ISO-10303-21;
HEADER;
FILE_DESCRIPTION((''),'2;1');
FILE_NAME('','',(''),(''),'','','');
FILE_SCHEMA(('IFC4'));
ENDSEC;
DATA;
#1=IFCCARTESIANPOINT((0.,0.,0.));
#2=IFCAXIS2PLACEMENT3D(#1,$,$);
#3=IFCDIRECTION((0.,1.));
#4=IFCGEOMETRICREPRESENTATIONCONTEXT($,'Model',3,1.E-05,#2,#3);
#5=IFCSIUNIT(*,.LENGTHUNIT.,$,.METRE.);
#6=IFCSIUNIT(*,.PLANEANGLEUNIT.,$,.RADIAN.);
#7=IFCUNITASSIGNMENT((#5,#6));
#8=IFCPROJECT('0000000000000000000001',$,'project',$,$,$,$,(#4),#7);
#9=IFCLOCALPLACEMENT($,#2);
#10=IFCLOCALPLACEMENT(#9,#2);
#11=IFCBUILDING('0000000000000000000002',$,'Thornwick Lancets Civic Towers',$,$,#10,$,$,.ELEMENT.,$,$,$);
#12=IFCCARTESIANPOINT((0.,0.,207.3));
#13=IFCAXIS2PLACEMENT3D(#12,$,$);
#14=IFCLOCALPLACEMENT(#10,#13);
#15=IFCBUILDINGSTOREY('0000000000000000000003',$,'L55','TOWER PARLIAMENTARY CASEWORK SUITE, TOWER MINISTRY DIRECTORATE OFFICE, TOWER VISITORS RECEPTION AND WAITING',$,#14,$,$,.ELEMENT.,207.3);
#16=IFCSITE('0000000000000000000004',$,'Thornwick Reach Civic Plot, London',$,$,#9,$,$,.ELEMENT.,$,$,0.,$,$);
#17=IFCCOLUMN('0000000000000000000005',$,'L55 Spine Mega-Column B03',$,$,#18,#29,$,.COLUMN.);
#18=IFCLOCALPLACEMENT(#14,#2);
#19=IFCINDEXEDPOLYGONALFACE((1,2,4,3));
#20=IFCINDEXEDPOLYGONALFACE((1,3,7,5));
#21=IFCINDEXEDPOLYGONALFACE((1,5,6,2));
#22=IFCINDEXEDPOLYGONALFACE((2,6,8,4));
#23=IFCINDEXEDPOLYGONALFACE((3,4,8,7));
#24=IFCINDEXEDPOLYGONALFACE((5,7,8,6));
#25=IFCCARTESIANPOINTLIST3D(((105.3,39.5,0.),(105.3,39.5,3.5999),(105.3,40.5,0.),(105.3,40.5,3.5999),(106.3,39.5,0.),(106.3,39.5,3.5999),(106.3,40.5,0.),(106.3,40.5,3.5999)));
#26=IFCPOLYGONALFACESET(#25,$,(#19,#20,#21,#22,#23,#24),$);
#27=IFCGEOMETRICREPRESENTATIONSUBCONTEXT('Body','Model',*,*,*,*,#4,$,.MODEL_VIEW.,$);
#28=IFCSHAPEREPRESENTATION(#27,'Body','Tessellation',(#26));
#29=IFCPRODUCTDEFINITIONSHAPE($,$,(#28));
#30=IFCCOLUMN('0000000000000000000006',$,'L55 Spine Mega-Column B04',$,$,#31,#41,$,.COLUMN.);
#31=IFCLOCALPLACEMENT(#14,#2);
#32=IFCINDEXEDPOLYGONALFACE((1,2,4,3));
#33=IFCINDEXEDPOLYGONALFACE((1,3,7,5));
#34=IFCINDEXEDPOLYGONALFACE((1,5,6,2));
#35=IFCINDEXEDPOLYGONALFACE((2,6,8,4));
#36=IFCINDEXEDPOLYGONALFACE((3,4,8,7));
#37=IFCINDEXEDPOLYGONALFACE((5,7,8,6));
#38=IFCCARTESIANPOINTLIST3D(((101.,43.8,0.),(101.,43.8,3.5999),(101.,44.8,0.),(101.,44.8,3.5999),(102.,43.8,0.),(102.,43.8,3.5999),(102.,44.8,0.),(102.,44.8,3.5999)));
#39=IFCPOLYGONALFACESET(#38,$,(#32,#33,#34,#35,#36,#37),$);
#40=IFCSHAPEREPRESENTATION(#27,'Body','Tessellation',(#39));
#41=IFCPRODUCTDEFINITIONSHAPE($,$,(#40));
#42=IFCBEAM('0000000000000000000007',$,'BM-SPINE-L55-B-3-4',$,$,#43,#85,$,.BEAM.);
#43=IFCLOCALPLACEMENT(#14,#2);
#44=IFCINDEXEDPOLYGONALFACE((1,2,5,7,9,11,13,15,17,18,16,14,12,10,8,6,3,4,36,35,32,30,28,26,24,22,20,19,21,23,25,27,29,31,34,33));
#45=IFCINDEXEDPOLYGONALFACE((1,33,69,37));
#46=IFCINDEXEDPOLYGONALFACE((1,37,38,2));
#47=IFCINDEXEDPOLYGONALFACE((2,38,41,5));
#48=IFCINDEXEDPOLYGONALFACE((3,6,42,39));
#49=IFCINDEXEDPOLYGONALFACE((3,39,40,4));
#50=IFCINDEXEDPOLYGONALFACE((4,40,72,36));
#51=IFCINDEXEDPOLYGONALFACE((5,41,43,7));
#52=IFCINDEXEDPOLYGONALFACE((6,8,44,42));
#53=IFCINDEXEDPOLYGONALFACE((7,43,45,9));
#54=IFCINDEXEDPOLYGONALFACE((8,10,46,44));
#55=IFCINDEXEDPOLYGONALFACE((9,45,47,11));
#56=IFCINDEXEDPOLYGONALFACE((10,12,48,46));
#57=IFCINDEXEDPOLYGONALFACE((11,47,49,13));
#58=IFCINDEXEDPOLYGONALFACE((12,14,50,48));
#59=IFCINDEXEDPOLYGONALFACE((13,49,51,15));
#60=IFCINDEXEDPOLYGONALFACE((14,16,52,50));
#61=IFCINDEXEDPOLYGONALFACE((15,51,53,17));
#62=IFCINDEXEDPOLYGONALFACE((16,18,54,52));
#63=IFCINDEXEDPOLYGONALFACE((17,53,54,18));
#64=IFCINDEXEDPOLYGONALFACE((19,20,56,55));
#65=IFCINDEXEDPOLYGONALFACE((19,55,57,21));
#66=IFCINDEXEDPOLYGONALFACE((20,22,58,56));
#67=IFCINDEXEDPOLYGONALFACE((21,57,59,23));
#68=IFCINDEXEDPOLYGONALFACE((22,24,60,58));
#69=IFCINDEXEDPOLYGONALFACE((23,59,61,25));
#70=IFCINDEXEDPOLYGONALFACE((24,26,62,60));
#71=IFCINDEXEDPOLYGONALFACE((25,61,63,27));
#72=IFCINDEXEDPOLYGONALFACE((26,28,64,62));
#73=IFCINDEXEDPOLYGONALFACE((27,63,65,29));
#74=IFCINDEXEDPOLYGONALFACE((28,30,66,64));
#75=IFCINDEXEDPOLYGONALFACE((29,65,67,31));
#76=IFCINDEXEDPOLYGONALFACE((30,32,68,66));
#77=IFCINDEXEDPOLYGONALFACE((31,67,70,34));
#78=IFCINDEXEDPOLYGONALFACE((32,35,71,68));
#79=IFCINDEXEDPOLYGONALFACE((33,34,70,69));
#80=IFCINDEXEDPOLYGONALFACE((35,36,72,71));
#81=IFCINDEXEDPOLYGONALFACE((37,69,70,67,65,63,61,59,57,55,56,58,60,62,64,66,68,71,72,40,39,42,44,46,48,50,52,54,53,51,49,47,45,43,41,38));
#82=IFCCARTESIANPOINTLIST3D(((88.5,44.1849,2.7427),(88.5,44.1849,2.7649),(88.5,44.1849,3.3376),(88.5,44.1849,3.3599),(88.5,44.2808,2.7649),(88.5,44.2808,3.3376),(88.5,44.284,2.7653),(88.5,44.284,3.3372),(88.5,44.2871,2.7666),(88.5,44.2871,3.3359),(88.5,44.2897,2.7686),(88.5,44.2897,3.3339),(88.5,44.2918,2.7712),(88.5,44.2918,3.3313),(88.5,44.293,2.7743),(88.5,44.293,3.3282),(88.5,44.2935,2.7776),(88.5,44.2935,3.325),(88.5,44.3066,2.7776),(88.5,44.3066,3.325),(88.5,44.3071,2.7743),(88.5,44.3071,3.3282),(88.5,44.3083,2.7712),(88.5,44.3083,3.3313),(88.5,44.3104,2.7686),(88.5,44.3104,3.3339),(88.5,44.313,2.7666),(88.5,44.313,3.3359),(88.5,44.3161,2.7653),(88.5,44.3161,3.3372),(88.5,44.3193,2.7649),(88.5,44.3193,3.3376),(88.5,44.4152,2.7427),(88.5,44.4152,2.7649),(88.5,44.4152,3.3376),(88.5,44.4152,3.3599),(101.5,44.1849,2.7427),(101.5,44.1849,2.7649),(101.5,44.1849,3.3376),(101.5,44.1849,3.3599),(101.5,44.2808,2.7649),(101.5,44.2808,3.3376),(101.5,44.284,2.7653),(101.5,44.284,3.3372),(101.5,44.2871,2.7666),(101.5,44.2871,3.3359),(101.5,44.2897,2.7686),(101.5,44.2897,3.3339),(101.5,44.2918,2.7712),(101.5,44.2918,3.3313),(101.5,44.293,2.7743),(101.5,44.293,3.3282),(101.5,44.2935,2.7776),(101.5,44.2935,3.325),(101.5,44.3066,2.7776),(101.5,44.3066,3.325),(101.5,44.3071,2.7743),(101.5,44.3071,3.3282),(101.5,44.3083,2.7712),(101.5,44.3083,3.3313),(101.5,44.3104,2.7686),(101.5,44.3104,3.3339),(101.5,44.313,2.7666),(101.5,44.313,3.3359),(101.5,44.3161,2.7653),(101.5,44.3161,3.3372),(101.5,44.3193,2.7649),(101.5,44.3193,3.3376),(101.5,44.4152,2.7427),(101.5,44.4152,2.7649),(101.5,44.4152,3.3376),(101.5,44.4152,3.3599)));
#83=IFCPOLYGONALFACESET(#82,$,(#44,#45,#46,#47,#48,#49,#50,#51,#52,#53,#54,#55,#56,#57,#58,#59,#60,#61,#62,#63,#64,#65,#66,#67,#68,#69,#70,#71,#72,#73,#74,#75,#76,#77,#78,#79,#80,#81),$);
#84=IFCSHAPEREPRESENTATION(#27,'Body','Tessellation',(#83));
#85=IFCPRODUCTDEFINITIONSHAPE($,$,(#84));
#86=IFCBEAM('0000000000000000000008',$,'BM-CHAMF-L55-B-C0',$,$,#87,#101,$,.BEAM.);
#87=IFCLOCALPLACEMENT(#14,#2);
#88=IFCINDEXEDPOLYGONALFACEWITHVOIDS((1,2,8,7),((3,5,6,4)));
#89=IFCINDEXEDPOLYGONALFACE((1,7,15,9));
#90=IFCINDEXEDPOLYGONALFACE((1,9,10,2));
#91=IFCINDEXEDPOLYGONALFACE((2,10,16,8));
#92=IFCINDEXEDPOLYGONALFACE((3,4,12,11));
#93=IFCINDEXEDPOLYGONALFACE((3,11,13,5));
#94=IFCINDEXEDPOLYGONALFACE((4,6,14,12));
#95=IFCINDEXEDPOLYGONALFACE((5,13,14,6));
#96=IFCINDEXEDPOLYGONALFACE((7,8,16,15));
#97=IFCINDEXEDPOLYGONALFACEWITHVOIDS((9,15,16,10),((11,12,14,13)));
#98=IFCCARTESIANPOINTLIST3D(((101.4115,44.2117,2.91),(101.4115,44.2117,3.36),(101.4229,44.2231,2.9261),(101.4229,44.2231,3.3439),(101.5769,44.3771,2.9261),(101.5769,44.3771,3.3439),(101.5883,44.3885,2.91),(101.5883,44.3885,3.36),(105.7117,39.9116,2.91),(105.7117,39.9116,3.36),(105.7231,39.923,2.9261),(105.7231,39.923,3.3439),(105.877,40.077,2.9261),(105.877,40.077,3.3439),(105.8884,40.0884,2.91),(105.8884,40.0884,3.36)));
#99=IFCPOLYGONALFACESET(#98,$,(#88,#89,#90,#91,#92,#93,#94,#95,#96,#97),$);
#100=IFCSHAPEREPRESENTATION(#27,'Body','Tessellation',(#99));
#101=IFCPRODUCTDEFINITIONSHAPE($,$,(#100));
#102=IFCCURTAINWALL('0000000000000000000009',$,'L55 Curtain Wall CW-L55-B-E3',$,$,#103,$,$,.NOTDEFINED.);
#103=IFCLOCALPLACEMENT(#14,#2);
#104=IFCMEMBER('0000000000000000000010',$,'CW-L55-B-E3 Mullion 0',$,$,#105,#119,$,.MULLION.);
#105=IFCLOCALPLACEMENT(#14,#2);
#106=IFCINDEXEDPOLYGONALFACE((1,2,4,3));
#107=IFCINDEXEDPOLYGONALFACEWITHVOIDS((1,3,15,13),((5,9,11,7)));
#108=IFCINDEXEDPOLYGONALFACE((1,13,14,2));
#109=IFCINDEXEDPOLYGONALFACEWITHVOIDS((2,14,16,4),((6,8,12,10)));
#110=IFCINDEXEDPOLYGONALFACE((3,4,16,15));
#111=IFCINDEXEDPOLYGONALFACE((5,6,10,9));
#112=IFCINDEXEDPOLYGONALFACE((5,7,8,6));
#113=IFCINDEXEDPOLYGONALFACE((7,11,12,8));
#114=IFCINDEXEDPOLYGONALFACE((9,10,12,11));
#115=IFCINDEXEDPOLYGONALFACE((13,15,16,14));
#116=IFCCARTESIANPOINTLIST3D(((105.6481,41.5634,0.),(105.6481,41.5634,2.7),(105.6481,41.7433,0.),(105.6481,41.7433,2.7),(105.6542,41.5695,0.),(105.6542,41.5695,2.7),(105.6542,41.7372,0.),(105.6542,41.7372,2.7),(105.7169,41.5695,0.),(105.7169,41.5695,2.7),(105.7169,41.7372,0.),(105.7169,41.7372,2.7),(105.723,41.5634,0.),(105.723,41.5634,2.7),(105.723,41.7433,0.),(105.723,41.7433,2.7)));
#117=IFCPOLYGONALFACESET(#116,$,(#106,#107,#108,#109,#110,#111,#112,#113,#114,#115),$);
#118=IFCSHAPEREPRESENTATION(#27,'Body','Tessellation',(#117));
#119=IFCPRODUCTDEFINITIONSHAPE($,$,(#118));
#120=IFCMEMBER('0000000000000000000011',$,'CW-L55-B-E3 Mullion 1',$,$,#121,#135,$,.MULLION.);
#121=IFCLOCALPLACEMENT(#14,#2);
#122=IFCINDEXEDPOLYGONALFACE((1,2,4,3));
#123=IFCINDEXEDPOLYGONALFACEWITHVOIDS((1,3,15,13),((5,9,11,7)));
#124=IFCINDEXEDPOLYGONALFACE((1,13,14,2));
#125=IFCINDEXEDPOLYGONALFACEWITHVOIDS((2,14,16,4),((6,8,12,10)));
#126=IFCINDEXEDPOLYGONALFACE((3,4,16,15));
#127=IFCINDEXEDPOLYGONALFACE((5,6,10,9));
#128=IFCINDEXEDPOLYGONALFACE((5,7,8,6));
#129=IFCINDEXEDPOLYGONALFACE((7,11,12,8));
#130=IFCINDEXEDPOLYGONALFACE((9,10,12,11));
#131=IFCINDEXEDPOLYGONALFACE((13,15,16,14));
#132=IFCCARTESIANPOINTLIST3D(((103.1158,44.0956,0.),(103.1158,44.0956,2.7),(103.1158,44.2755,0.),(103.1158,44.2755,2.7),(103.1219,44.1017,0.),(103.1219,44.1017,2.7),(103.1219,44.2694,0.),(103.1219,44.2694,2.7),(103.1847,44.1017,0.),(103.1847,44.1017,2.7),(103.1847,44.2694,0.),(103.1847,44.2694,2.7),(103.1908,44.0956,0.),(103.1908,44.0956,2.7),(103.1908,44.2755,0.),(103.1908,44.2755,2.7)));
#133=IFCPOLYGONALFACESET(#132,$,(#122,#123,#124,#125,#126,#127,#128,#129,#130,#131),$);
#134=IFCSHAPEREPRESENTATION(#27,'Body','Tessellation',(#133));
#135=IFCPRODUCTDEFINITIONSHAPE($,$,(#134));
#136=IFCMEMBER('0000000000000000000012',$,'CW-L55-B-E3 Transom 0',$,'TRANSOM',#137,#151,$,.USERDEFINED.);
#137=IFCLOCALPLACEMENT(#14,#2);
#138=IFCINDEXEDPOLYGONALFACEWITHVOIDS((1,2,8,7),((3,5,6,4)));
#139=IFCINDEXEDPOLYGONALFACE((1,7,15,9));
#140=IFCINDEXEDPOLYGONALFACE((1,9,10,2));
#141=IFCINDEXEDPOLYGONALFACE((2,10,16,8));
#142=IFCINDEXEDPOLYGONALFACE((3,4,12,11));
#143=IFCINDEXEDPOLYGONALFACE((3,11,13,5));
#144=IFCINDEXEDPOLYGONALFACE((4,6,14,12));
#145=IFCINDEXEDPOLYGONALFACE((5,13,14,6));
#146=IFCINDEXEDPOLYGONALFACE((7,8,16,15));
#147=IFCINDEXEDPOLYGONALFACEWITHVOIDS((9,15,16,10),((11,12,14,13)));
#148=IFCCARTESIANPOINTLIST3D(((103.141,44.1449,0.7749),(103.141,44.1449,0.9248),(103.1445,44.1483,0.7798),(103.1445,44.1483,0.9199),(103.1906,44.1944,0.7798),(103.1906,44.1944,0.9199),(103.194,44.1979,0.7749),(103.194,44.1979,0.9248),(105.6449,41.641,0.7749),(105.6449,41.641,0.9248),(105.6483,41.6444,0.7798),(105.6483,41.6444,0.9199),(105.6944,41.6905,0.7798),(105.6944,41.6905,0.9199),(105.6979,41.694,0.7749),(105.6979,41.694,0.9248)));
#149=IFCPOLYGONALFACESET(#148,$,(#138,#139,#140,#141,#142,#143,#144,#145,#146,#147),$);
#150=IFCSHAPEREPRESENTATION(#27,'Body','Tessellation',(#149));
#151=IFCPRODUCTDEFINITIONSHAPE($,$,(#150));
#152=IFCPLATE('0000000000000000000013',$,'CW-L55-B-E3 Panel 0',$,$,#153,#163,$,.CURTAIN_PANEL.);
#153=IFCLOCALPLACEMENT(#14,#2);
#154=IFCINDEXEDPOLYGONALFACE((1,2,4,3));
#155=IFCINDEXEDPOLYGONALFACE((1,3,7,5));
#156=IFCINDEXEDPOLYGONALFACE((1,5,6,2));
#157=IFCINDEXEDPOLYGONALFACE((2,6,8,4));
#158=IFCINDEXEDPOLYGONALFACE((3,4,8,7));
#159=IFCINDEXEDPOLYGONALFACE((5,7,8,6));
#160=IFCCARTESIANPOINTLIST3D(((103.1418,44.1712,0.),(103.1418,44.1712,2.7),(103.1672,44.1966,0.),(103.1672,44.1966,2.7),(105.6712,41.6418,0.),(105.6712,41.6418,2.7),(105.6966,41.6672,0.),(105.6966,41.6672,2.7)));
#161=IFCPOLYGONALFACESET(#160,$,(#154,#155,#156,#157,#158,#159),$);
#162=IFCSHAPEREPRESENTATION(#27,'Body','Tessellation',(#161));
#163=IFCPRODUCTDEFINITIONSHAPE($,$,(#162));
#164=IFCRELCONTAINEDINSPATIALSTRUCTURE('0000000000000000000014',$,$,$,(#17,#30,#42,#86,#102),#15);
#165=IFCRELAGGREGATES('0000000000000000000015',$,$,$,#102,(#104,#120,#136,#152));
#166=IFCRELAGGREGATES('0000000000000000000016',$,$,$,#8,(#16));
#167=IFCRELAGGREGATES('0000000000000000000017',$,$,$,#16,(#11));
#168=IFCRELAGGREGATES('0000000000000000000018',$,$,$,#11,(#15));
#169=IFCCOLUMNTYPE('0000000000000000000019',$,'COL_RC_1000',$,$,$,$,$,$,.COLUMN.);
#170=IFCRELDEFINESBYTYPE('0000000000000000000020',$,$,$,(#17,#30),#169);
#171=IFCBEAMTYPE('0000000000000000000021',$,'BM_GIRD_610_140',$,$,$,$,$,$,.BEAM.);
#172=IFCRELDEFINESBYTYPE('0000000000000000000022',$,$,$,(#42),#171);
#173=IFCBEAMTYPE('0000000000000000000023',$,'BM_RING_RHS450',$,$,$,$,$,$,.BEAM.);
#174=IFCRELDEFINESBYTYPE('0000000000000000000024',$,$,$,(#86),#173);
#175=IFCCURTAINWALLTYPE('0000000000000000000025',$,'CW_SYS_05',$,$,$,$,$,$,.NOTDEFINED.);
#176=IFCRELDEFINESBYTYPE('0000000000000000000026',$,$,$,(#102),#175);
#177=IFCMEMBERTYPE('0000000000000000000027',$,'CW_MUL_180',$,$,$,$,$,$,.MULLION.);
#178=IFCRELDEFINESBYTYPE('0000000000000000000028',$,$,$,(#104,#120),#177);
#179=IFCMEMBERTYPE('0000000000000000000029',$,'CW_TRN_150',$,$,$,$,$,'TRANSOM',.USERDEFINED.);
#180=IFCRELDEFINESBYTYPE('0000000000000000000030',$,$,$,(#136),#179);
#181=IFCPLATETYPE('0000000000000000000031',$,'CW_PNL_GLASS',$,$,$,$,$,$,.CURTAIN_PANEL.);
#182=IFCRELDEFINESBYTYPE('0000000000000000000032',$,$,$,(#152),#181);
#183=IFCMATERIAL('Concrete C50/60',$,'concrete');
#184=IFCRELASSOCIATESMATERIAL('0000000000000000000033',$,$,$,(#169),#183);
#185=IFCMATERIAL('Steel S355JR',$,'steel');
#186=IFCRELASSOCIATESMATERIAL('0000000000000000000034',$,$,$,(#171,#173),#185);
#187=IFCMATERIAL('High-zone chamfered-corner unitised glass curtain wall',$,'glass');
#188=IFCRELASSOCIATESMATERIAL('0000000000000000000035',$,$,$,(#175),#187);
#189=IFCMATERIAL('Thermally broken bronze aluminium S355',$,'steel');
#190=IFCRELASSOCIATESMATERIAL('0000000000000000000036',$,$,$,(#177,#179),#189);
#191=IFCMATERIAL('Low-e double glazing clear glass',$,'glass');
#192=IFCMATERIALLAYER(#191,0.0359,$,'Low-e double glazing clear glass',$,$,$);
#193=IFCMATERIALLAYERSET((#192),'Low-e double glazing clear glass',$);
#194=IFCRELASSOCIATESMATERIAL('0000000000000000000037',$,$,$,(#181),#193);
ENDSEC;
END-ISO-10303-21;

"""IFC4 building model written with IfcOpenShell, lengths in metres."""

from ifc_helpers import new_model, si_unit, direction, frame, origin, origin_2d, place, context, subcontext, project, spatial, rectangle, hollow_rectangle, i_section, extrude, material, layer, layer_set, material_profile, profile_set, type_object, element, aggregate, save


model = new_model("IFC4")

# Units and contexts
model_context = context("Model", 3, precision=1e-05, world=origin(), true_north=direction((0.0, 1.0)))
body_context = subcontext(model_context, "Body", "Model", "MODEL_VIEW")
ifc_project = project(units=[si_unit("LENGTHUNIT", "METRE"), si_unit("PLANEANGLEUNIT", "RADIAN")], contexts=[model_context])

# Site, building, storey
site_placement = place(None, origin())
site = spatial("IfcSite", under=ifc_project, at=site_placement, Name="Thornwick Reach Civic Plot, London", CompositionType="ELEMENT", RefElevation=0.0)
building_placement = place(site_placement, origin())
building = spatial("IfcBuilding", under=site, at=building_placement, Name="Thornwick Lancets Civic Towers", CompositionType="ELEMENT")
storey_placement = place(building_placement, frame((0.0, 0.0, 207.3)))
storey = spatial("IfcBuildingStorey", under=building, at=storey_placement, Name="L55", Description="TOWER PARLIAMENTARY CASEWORK SUITE, TOWER MINISTRY DIRECTORATE OFFICE, TOWER VISITORS RECEPTION AND WAITING", CompositionType="ELEMENT", Elevation=207.3)

# Columns
ifc_material_1 = material(Name="Concrete C50/60", Category="concrete")
ifc_material_profile_1 = material_profile(ifc_material_1, rectangle(XDim=1.0, YDim=1.0, at=origin_2d()), Name="RC 1000x1000")
ifc_profile_set_1 = profile_set([ifc_material_profile_1], Name="Concrete C50/60")
column_type = type_object("IfcColumnType", Name="COL_RC_1000", PredefinedType="COLUMN", material=ifc_profile_set_1)
for number, where, z_axis, x_axis, name in (
    (1, (105.8, 40.0, 0.0), (0.0, 0.0, 1.0), (1.0, 0.0, 0.0), "L55 Spine Mega-Column B03"),
    (2, (101.5, 44.3, 0.0), (0.0, 0.0, 1.0), (1.0, 0.0, 0.0), "L55 Spine Mega-Column B04"),
):
    element("IfcColumn", number, at=place(storey_placement, frame(where, z_axis=z_axis, x_axis=x_axis)), inside=storey, type_object=column_type, Name=name, PredefinedType="COLUMN", context=body_context, shape_type="SweptSolid", body=[
        extrude(rectangle(XDim=1.0, YDim=1.0, at=origin_2d()), origin(), (0.0, 0.0, 1.0), 3.5999),
    ])

# Beams
ifc_material_2 = material(Name="Steel S355JR", Category="steel")
ifc_material_profile_2 = material_profile(ifc_material_2, i_section(OverallWidth=0.2302, OverallDepth=0.6172, WebThickness=0.0132, FlangeThickness=0.0222, FilletRadius=0.0127, at=origin_2d()), Name="UKB 610x229x140")
ifc_profile_set_2 = profile_set([ifc_material_profile_2], Name="Steel S355JR")
beam_type_1 = type_object("IfcBeamType", Name="BM_GIRD_610_140", PredefinedType="BEAM", material=ifc_profile_set_2)
beam_1_placement = place(storey_placement, frame((101.5, 44.3, 3.0513), z_axis=(-1.0, 0.0, 0.0), x_axis=(0.0, -1.0, 0.0)))
element("IfcBeam", 3, at=beam_1_placement, inside=storey, type_object=beam_type_1, Name="BM-SPINE-L55-B-3-4", PredefinedType="BEAM", context=body_context, shape_type="SweptSolid", body=[
    extrude(i_section(OverallWidth=0.2302, OverallDepth=0.6172, WebThickness=0.0132, FlangeThickness=0.0222, FilletRadius=0.0127, at=origin_2d()), origin(), (0.0, 0.0, 1.0), 13.0),
])
ifc_material_profile_3 = material_profile(ifc_material_2, hollow_rectangle(XDim=0.25, YDim=0.45, WallThickness=0.0161, at=origin_2d()), Name="RHS 450x250x16")
ifc_profile_set_3 = profile_set([ifc_material_profile_3], Name="Steel S355JR")
beam_type_2 = type_object("IfcBeamType", Name="BM_RING_RHS450", PredefinedType="BEAM", material=ifc_profile_set_3)
beam_2_placement = place(storey_placement, frame((105.8, 40.0, 3.135), z_axis=(-0.707107, 0.707107, 0.0), x_axis=(-0.707107, -0.707107, 0.0)))
element("IfcBeam", 4, at=beam_2_placement, inside=storey, type_object=beam_type_2, Name="BM-CHAMF-L55-B-C0", PredefinedType="BEAM", context=body_context, shape_type="SweptSolid", body=[
    extrude(hollow_rectangle(XDim=0.25, YDim=0.45, WallThickness=0.0161, at=origin_2d()), origin(), (0.0, 0.0, 1.0), 6.0813),
])

# Curtain wall, members, plate
ifc_material_3 = material(Name="High-zone chamfered-corner unitised glass curtain wall", Category="glass")
curtain_wall_type = type_object("IfcCurtainWallType", Name="CW_SYS_05", PredefinedType="NOTDEFINED", material=ifc_material_3)
curtain_wall_placement = place(storey_placement, origin())
curtain_wall = element("IfcCurtainWall", 5, at=curtain_wall_placement, inside=storey, type_object=curtain_wall_type, Name="L55 Curtain Wall CW-L55-B-E3", PredefinedType="NOTDEFINED")
ifc_material_4 = material(Name="Thermally broken bronze aluminium S355", Category="steel")
ifc_material_profile_4 = material_profile(ifc_material_4, hollow_rectangle(XDim=0.075, YDim=0.1799, WallThickness=0.0061, at=origin_2d()), Name="RHS 180x75x6")
ifc_profile_set_4 = profile_set([ifc_material_profile_4], Name="Thermally broken bronze aluminium S355")
member_type_1 = type_object("IfcMemberType", Name="CW_MUL_180", PredefinedType="MULLION", material=ifc_profile_set_4)
member_1_placement = place(storey_placement, frame((105.6855, 41.6533, 0.0), z_axis=(0.0, 0.0, 1.0), x_axis=(1.0, 0.0, 0.0)))
member_1 = element("IfcMember", 6, at=member_1_placement, type_object=member_type_1, Name="CW-L55-B-E3 Mullion 0", PredefinedType="MULLION", context=body_context, shape_type="SweptSolid", body=[
    extrude(hollow_rectangle(XDim=0.075, YDim=0.1799, WallThickness=0.0061, at=origin_2d()), origin(), (0.0, 0.0, 1.0), 2.7),
])
member_2_placement = place(storey_placement, frame((103.1533, 44.1855, 0.0), z_axis=(0.0, 0.0, 1.0), x_axis=(1.0, 0.0, 0.0)))
member_2 = element("IfcMember", 7, at=member_2_placement, type_object=member_type_1, Name="CW-L55-B-E3 Mullion 1", PredefinedType="MULLION", context=body_context, shape_type="SweptSolid", body=[
    extrude(hollow_rectangle(XDim=0.075, YDim=0.1799, WallThickness=0.0061, at=origin_2d()), origin(), (0.0, 0.0, 1.0), 2.7),
])
ifc_material_profile_5 = material_profile(ifc_material_4, hollow_rectangle(XDim=0.075, YDim=0.1499, WallThickness=0.0049, at=origin_2d()), Name="RHS 150x75x5")
ifc_profile_set_5 = profile_set([ifc_material_profile_5], Name="Thermally broken bronze aluminium S355")
member_type_2 = type_object("IfcMemberType", Name="CW_TRN_150", ElementType="TRANSOM", PredefinedType="USERDEFINED", material=ifc_profile_set_5)
member_3_placement = place(storey_placement, frame((105.6714, 41.6675, 0.8499), z_axis=(-0.707107, 0.707107, 0.0), x_axis=(-0.707107, -0.707107, 0.0)))
member_3 = element("IfcMember", 8, at=member_3_placement, type_object=member_type_2, Name="CW-L55-B-E3 Transom 0", ObjectType="TRANSOM", PredefinedType="USERDEFINED", context=body_context, shape_type="SweptSolid", body=[
    extrude(hollow_rectangle(XDim=0.075, YDim=0.1499, WallThickness=0.0049, at=origin_2d()), origin(), (0.0, 0.0, 1.0), 3.541),
])
ifc_material_5 = material(Name="Low-e double glazing clear glass", Category="glass")
ifc_layer_1 = layer(ifc_material_5, 0.0359, Name="Low-e double glazing clear glass")
ifc_layer_set_1 = layer_set([ifc_layer_1], Name="Low-e double glazing clear glass")
plate_type = type_object("IfcPlateType", Name="CW_PNL_GLASS", PredefinedType="CURTAIN_PANEL", material=ifc_layer_set_1)
plate_placement = place(storey_placement, frame((104.4192, 42.9192, 0.0), z_axis=(0.0, 0.0, 1.0), x_axis=(-0.707107, 0.707107, 0.0)))
plate = element("IfcPlate", 9, at=plate_placement, type_object=plate_type, Name="CW-L55-B-E3 Panel 0", PredefinedType="CURTAIN_PANEL", context=body_context, shape_type="SweptSolid", body=[
    extrude(rectangle(XDim=3.5771, YDim=0.0359, at=origin_2d()), origin(), (0.0, 0.0, 1.0), 2.7),
])
aggregate(curtain_wall, [member_1, member_2, member_3, plate])

save(model, "model.ifc")
